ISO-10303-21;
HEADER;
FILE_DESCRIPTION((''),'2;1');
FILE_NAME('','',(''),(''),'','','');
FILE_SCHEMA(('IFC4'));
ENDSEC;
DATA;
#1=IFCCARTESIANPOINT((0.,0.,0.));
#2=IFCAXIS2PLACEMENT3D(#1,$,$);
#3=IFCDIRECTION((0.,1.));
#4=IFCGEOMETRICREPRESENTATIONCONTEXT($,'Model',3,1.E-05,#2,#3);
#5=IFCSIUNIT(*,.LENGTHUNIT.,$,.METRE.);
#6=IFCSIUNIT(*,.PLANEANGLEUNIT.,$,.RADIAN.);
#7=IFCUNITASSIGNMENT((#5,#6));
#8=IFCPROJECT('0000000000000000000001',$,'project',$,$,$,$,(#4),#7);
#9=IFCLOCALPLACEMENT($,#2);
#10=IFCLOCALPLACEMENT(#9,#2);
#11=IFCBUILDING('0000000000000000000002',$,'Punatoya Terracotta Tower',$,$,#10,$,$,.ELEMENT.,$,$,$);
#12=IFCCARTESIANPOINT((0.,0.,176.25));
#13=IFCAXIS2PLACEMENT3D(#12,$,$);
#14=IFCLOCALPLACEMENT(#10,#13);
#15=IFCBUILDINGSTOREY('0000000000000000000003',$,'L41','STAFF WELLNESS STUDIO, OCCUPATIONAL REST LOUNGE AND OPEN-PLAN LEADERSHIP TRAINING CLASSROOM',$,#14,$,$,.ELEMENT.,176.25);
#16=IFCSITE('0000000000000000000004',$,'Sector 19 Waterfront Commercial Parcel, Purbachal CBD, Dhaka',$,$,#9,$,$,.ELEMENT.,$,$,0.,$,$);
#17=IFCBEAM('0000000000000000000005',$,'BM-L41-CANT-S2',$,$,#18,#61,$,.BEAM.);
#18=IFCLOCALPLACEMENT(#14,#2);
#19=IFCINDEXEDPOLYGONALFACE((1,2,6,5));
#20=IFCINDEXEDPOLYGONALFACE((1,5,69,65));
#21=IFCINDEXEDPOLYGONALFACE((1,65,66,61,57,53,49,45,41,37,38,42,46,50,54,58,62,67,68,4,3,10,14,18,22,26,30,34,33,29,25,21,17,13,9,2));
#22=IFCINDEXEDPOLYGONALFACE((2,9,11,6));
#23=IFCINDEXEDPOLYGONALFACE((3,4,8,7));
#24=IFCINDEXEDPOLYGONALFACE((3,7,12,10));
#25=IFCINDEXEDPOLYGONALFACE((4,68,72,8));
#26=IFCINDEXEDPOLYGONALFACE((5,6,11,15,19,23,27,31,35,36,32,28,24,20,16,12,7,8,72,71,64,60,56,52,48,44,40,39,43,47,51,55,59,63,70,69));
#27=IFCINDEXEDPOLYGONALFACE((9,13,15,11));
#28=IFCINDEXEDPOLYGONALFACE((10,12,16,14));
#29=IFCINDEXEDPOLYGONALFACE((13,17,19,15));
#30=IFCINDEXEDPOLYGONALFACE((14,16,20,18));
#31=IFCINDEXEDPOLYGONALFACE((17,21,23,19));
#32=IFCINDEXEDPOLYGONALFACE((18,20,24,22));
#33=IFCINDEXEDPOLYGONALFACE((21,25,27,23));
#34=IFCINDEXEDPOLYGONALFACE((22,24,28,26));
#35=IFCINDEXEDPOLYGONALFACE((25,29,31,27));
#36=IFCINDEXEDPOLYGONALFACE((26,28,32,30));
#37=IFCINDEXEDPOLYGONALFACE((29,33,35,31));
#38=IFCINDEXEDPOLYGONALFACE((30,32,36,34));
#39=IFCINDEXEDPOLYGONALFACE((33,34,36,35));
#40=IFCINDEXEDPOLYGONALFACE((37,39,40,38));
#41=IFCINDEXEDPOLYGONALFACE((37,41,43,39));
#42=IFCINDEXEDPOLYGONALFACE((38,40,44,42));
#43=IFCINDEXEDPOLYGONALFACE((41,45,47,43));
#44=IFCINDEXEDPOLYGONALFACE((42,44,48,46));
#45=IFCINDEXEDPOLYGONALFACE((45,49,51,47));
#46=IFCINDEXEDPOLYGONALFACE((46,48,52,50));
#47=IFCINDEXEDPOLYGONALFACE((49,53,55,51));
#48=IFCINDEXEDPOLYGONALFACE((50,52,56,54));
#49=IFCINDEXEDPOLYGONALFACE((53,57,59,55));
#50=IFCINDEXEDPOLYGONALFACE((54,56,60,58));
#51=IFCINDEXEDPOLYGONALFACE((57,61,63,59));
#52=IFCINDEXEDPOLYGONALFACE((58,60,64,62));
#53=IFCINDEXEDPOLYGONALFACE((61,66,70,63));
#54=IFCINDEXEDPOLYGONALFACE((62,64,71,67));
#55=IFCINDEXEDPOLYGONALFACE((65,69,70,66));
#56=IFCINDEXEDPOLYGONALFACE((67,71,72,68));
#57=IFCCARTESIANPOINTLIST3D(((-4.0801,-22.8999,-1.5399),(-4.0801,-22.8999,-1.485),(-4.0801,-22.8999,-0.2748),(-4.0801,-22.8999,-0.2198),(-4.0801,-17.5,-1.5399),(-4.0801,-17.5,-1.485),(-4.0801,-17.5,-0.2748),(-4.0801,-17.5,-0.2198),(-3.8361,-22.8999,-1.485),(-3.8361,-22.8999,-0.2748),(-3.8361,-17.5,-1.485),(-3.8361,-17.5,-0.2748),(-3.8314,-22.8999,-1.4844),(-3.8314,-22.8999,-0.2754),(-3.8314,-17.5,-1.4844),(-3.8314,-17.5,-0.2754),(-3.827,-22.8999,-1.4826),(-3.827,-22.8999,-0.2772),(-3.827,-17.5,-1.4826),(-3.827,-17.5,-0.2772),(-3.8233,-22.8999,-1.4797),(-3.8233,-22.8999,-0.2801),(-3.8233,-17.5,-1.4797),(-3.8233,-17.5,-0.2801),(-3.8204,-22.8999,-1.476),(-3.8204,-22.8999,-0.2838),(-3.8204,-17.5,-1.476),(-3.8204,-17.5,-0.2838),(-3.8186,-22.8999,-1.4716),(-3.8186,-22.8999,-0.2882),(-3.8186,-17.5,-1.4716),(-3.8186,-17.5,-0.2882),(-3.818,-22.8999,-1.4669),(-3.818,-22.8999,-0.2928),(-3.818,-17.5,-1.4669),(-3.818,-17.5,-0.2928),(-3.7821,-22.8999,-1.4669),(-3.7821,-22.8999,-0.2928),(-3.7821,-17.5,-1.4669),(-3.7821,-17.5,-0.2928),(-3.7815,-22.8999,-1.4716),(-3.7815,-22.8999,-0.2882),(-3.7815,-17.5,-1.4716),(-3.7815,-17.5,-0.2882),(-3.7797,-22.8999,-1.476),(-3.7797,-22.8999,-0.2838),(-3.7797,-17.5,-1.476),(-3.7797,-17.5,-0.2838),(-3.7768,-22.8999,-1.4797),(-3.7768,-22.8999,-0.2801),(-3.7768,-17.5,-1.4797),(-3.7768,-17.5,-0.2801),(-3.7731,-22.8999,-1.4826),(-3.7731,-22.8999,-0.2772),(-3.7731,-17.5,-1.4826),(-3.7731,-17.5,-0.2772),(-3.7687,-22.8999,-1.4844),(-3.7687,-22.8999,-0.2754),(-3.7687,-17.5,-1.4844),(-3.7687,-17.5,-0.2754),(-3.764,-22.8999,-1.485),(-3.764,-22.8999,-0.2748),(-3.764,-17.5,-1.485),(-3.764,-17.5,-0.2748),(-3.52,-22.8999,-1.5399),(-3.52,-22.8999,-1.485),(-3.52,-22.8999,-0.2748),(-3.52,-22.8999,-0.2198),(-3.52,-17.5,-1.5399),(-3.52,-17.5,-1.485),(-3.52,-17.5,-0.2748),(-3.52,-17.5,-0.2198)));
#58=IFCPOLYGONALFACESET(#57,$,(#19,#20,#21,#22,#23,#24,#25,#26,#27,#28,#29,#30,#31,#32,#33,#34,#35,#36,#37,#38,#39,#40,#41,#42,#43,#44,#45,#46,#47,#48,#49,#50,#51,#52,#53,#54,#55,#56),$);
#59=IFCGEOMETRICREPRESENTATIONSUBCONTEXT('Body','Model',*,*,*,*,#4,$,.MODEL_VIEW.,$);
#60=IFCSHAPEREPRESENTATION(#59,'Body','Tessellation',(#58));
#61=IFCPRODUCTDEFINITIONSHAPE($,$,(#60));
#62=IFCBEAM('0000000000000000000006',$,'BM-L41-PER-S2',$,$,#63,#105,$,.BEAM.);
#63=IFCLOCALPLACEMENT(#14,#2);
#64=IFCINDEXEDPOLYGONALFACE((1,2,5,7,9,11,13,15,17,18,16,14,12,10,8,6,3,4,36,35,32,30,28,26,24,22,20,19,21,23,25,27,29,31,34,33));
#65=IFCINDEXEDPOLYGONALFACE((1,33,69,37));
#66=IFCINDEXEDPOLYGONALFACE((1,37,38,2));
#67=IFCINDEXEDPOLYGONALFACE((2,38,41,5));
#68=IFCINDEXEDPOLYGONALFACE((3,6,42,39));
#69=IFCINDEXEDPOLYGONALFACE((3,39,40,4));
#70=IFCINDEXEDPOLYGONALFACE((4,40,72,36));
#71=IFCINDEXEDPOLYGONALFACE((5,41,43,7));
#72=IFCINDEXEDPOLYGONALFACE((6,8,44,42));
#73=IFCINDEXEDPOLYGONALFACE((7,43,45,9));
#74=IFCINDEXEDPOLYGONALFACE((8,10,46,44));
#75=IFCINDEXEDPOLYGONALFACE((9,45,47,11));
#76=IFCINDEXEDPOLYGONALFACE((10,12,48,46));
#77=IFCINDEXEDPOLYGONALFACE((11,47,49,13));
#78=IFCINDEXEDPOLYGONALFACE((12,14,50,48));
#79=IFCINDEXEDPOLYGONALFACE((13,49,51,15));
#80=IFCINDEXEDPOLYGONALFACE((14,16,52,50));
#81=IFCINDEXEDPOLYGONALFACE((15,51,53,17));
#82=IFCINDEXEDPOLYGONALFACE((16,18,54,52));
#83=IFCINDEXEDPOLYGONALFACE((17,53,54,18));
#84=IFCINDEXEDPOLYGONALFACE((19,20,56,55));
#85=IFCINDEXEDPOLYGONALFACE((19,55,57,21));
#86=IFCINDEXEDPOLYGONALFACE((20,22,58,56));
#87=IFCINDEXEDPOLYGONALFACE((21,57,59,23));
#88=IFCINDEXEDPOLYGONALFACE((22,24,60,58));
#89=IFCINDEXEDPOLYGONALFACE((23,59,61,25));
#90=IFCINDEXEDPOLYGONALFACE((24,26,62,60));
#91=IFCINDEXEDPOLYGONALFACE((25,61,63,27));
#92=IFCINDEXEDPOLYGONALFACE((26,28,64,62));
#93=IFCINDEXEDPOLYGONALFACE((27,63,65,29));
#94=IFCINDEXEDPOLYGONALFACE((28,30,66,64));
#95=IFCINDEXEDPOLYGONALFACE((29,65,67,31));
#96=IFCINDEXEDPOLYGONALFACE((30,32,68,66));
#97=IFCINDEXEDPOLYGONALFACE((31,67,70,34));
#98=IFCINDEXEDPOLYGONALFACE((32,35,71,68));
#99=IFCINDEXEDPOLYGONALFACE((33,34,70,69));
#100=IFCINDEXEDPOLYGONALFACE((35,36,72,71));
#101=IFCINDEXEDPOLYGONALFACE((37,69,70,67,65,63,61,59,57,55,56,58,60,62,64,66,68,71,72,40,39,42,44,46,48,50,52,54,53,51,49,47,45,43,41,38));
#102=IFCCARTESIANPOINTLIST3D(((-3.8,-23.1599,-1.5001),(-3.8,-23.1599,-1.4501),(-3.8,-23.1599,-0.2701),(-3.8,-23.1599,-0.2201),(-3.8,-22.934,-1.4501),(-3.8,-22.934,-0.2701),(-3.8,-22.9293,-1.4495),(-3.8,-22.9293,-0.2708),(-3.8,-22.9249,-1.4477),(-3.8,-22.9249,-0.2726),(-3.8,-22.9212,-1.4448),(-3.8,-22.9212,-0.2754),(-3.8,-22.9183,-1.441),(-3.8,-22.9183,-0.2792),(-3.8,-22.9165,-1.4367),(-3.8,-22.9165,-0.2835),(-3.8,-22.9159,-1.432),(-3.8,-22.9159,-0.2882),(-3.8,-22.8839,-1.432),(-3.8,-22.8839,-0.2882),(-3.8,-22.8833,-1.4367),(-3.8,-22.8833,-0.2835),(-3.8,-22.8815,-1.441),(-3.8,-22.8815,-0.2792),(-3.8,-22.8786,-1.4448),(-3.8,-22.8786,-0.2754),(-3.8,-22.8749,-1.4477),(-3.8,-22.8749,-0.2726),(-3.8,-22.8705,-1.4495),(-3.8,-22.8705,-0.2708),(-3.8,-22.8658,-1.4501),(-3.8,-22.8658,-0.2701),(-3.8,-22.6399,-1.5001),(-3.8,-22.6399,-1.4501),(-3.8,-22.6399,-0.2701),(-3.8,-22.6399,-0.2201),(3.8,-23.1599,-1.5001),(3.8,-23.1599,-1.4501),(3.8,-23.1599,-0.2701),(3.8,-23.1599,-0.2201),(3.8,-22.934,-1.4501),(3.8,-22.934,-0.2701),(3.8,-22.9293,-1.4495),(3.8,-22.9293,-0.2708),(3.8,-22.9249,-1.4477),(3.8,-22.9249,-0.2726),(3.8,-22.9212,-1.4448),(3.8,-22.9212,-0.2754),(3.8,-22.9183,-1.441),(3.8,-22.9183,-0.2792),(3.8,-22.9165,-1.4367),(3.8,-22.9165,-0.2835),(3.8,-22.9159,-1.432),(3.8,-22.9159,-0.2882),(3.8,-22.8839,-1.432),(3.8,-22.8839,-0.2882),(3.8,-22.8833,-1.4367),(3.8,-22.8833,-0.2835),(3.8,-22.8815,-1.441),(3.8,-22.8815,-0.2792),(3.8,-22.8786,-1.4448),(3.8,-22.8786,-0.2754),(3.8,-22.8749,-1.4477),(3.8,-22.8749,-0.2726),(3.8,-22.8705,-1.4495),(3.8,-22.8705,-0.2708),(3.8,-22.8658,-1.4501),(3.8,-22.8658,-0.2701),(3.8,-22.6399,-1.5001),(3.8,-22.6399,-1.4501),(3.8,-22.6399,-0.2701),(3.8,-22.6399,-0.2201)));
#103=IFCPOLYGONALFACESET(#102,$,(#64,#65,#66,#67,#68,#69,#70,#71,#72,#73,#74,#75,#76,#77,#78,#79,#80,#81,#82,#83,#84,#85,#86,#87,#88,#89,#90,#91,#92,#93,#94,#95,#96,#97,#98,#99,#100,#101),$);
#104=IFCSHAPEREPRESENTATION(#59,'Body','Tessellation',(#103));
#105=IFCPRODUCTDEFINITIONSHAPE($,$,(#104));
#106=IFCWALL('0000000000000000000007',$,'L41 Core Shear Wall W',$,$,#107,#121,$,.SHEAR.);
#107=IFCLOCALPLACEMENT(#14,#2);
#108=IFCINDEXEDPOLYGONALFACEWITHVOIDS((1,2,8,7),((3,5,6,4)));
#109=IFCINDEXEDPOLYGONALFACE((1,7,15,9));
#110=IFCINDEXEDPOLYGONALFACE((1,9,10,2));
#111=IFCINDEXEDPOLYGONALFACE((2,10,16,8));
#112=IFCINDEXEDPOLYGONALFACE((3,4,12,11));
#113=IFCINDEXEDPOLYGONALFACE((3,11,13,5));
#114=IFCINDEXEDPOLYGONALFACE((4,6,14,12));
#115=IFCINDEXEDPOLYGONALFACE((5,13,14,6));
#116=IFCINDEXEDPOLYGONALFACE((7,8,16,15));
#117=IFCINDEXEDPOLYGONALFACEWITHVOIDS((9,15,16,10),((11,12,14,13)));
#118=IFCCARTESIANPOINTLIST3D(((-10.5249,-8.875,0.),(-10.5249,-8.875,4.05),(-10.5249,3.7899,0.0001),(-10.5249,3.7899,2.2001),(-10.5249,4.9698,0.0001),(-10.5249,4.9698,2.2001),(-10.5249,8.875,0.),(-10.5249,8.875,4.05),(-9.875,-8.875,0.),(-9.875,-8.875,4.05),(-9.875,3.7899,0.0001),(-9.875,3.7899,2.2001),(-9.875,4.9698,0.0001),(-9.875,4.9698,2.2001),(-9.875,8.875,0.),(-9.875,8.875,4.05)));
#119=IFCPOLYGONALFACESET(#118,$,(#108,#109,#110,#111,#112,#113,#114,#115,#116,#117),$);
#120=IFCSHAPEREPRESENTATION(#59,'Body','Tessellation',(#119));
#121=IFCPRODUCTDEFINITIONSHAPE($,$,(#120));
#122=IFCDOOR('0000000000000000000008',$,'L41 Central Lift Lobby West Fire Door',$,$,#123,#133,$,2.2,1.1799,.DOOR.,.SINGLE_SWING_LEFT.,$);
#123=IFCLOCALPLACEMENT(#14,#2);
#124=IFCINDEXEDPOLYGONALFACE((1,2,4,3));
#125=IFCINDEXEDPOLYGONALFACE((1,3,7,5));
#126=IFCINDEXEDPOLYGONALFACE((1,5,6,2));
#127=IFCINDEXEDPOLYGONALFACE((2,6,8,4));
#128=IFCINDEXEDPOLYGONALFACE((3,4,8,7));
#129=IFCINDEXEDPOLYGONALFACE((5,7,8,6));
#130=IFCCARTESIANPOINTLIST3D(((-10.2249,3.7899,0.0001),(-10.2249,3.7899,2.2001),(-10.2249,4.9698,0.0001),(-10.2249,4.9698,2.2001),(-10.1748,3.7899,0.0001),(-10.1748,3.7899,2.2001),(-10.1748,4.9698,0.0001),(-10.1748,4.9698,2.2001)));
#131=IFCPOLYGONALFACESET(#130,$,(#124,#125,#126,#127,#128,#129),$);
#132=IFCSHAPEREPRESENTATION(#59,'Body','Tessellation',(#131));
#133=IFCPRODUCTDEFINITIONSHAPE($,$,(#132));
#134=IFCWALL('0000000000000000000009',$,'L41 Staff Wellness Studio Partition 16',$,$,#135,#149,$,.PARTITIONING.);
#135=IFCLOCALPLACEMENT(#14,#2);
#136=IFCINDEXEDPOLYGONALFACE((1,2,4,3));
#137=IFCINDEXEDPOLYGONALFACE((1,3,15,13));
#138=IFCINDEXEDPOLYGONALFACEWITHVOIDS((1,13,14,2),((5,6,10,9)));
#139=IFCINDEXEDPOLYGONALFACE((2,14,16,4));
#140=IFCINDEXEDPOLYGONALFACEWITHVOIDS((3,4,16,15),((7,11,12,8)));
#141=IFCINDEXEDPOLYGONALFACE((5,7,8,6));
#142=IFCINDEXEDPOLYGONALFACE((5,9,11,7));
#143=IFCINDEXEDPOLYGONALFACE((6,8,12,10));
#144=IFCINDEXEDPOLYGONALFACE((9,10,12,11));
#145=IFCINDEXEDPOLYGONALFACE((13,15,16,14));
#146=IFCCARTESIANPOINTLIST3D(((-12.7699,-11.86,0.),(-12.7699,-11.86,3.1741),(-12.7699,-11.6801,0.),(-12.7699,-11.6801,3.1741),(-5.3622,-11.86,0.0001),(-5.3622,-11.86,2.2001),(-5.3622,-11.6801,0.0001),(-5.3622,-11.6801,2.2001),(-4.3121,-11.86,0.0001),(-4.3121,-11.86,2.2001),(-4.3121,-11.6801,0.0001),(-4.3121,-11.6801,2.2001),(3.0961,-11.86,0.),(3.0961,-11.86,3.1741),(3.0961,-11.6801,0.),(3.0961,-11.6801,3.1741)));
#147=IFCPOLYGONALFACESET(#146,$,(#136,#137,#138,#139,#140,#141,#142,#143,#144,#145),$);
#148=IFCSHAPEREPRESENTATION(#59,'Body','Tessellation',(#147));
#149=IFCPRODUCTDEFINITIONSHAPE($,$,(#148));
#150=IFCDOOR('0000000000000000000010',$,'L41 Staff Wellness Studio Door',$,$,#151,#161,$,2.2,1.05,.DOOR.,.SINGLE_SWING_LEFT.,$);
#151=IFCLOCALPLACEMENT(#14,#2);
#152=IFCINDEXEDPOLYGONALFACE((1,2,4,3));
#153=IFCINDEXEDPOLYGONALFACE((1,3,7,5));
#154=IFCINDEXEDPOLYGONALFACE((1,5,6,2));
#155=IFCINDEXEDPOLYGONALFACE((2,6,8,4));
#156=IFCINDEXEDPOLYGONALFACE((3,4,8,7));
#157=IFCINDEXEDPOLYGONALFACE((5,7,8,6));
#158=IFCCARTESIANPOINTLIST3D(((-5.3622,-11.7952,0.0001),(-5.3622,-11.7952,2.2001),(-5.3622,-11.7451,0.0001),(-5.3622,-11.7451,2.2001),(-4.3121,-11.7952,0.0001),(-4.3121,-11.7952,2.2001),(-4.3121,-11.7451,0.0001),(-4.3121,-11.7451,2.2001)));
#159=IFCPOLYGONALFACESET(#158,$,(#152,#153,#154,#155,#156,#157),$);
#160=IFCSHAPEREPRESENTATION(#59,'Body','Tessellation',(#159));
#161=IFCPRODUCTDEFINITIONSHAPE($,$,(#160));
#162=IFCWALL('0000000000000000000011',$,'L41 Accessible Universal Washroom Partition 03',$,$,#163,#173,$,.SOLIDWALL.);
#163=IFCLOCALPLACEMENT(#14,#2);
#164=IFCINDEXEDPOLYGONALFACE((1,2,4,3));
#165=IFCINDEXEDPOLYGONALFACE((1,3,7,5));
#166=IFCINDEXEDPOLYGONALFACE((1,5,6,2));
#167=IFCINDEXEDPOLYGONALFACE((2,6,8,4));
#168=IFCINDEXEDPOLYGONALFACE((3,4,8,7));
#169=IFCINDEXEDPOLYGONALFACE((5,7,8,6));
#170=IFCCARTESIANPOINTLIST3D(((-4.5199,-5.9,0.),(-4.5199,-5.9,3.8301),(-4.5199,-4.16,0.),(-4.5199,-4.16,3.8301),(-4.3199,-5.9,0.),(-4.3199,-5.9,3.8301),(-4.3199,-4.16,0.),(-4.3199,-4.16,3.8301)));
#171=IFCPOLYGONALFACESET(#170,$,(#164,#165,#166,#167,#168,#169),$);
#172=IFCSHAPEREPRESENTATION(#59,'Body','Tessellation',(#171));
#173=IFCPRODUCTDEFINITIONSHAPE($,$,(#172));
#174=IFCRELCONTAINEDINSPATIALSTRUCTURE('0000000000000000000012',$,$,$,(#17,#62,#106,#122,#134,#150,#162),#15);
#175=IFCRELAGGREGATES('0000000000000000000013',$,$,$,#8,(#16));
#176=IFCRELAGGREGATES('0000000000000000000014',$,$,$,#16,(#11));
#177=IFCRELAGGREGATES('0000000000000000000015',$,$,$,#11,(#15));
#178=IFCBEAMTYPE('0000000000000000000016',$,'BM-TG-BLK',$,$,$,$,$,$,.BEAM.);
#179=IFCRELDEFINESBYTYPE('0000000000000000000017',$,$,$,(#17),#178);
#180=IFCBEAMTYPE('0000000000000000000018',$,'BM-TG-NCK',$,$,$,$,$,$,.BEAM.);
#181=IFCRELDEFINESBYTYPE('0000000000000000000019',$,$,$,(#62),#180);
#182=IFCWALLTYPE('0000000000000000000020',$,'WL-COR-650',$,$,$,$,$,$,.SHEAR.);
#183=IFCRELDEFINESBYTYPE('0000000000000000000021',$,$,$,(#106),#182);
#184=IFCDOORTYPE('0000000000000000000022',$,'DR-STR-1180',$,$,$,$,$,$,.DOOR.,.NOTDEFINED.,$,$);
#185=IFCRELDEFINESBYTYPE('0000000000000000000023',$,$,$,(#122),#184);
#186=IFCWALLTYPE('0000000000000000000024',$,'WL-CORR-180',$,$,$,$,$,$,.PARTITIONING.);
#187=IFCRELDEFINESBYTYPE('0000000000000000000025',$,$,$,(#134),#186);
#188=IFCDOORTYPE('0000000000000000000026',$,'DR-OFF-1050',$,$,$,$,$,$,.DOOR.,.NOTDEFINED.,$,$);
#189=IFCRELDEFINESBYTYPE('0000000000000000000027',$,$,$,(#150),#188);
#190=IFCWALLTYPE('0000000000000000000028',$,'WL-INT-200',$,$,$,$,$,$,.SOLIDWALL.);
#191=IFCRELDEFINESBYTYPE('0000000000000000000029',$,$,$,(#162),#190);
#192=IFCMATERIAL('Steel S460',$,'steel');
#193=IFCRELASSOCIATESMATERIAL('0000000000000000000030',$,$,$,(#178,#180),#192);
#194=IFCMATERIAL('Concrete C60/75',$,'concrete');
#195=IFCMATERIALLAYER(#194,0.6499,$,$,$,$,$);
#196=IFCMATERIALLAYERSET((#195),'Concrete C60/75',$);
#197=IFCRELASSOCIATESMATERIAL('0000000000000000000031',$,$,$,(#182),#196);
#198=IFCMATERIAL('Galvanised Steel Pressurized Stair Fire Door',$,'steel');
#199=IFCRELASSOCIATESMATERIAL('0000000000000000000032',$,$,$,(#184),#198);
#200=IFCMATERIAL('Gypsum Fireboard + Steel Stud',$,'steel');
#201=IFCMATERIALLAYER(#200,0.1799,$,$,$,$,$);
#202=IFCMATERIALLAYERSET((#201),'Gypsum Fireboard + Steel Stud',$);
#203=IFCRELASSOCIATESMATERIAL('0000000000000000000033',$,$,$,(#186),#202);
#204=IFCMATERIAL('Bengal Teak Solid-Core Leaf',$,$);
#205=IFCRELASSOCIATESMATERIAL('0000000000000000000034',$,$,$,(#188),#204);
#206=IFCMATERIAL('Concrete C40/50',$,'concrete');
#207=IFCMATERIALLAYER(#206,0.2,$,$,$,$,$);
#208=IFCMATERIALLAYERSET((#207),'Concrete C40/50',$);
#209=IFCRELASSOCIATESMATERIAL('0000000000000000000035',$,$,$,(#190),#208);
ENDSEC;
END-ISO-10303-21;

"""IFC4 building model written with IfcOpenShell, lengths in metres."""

from ifc_helpers import new_model, si_unit, direction, frame, frame_2d, origin, origin_2d, place, context, subcontext, project, spatial, rectangle, i_section, extrude, material, layer, layer_set, material_profile, profile_set, type_object, element, fill, save


model = new_model("IFC4")

# Units and contexts
model_context = context("Model", 3, precision=1e-05, world=origin(), true_north=direction((0.0, 1.0)))
body_context = subcontext(model_context, "Body", "Model", "MODEL_VIEW")
ifc_project = project(units=[si_unit("LENGTHUNIT", "METRE"), si_unit("PLANEANGLEUNIT", "RADIAN")], contexts=[model_context])

# Site, building, storey
site_placement = place(None, origin())
site = spatial("IfcSite", under=ifc_project, at=site_placement, Name="Sector 19 Waterfront Commercial Parcel, Purbachal CBD, Dhaka", CompositionType="ELEMENT", RefElevation=0.0)
building_placement = place(site_placement, origin())
building = spatial("IfcBuilding", under=site, at=building_placement, Name="Punatoya Terracotta Tower", CompositionType="ELEMENT")
storey_placement = place(building_placement, frame((0.0, 0.0, 176.25)))
storey = spatial("IfcBuildingStorey", under=building, at=storey_placement, Name="L41", Description="STAFF WELLNESS STUDIO, OCCUPATIONAL REST LOUNGE AND OPEN-PLAN LEADERSHIP TRAINING CLASSROOM", CompositionType="ELEMENT", Elevation=176.25)

# Shared definitions
ifc_material_1 = material(Name="Steel S460", Category="steel")

# Beams
ifc_material_2 = material(Name="Concrete C60/75", Category="concrete")
ifc_material_profile_1 = material_profile(ifc_material_1, i_section(OverallWidth=0.5601, OverallDepth=1.3201, WebThickness=0.0359, FlangeThickness=0.0549, FilletRadius=0.0181, at=origin_2d()))
ifc_profile_set_1 = profile_set([ifc_material_profile_1], Name="Steel S460")
beam_type_1 = type_object("IfcBeamType", Name="BM-TG-BLK", PredefinedType="BEAM", material=ifc_profile_set_1)
beam_1_placement = place(storey_placement, frame((-3.8, -22.8999, -0.8799), z_axis=(0.0, 1.0, 0.0), x_axis=(-1.0, 0.0, 0.0)))
element("IfcBeam", 1, at=beam_1_placement, inside=storey, type_object=beam_type_1, Name="BM-L41-CANT-S2", PredefinedType="BEAM", context=body_context, shape_type="SweptSolid", body=[
    extrude(i_section(OverallWidth=0.5601, OverallDepth=1.3201, WebThickness=0.0359, FlangeThickness=0.0549, FilletRadius=0.0181, at=origin_2d()), origin(), (0.0, 0.0, 1.0), 5.3999),
])
ifc_material_profile_2 = material_profile(ifc_material_1, i_section(OverallWidth=0.52, OverallDepth=1.28, WebThickness=0.032, FlangeThickness=0.05, FilletRadius=0.0181, at=origin_2d()))
ifc_profile_set_2 = profile_set([ifc_material_profile_2], Name="Steel S460")
beam_type_2 = type_object("IfcBeamType", Name="BM-TG-NCK", PredefinedType="BEAM", material=ifc_profile_set_2)
beam_2_placement = place(storey_placement, frame((-3.8, -22.8999, -0.8601), z_axis=(1.0, 0.0, 0.0), x_axis=(0.0, 1.0, 0.0)))
element("IfcBeam", 2, at=beam_2_placement, inside=storey, type_object=beam_type_2, Name="BM-L41-PER-S2", PredefinedType="BEAM", context=body_context, shape_type="SweptSolid", body=[
    extrude(i_section(OverallWidth=0.52, OverallDepth=1.28, WebThickness=0.032, FlangeThickness=0.05, FilletRadius=0.0181, at=origin_2d()), origin(), (0.0, 0.0, 1.0), 7.6001),
])

# Walls, openings, doors
ifc_layer_1 = layer(ifc_material_2, 0.6499)
ifc_layer_set_1 = layer_set([ifc_layer_1], Name="Concrete C60/75")
wall_type_1 = type_object("IfcWallType", Name="WL-COR-650", PredefinedType="SHEAR", material=ifc_layer_set_1)
wall_1_placement = place(storey_placement, frame((-10.2, -8.875, 0.0), z_axis=(0.0, 0.0, 1.0), x_axis=(0.0, 1.0, 0.0)))
wall_1 = element("IfcWall", 3, at=wall_1_placement, inside=storey, type_object=wall_type_1, Name="L41 Core Shear Wall W", PredefinedType="SHEAR", context=body_context, shape_type="SweptSolid", body=[
    extrude(rectangle(XDim=17.75, YDim=0.6499, at=frame_2d((8.875, 0.0))), origin(), (0.0, 0.0, 1.0), 4.05),
])
opening_1_placement = place(wall_1_placement, frame((12.665, 0.0, 0.0)))
opening_1 = element("IfcOpeningElement", 4, at=opening_1_placement, cuts=wall_1, PredefinedType="OPENING", context=body_context, shape_type="SweptSolid", body=[
    extrude(rectangle(XDim=1.1799, YDim=2.2, at=frame_2d((0.5898, 1.1001))), frame((0.0, 0.335, 0.0), z_axis=(0.0, -1.0, 0.0), x_axis=(1.0, 0.0, 0.0)), (0.0, 0.0, 1.0), 0.6699),
])
ifc_material_3 = material(Name="Galvanised Steel Pressurized Stair Fire Door", Category="steel")
door_type_1 = type_object("IfcDoorType", Name="DR-STR-1180", OperationType="NOTDEFINED", PredefinedType="DOOR", material=ifc_material_3)
door_1_placement = place(opening_1_placement, origin())
door_1 = element("IfcDoor", 5, at=door_1_placement, inside=storey, type_object=door_type_1, Name="L41 Central Lift Lobby West Fire Door", OperationType="SINGLE_SWING_LEFT", OverallHeight=2.2, OverallWidth=1.1799, PredefinedType="DOOR", context=body_context, shape_type="SweptSolid", body=[
    extrude(rectangle(XDim=1.1799, YDim=2.2, at=frame_2d((0.5898, 1.1001))), frame((0.0, 0.0249, 0.0), z_axis=(0.0, -1.0, 0.0), x_axis=(1.0, 0.0, 0.0)), (0.0, 0.0, 1.0), 0.05),
])
fill(opening_1, door_1)
ifc_material_4 = material(Name="Gypsum Fireboard + Steel Stud", Category="steel")
ifc_layer_2 = layer(ifc_material_4, 0.1799)
ifc_layer_set_2 = layer_set([ifc_layer_2], Name="Gypsum Fireboard + Steel Stud")
wall_type_2 = type_object("IfcWallType", Name="WL-CORR-180", PredefinedType="PARTITIONING", material=ifc_layer_set_2)
wall_2_placement = place(storey_placement, frame((-12.77, -11.77, 0.0), z_axis=(0.0, 0.0, 1.0), x_axis=(1.0, 0.0, 0.0)))
wall_2 = element("IfcWall", 6, at=wall_2_placement, inside=storey, type_object=wall_type_2, Name="L41 Staff Wellness Studio Partition 16", PredefinedType="PARTITIONING", context=body_context, shape_type="SweptSolid", body=[
    extrude(rectangle(XDim=15.866, YDim=0.1799, at=frame_2d((7.9331, 0.0))), origin(), (0.0, 0.0, 1.0), 3.1741),
])
opening_2_placement = place(wall_2_placement, frame((7.408, 0.0, 0.0)))
opening_2 = element("IfcOpeningElement", 7, at=opening_2_placement, cuts=wall_2, PredefinedType="OPENING", context=body_context, shape_type="SweptSolid", body=[
    extrude(rectangle(XDim=1.05, YDim=2.2, at=frame_2d((0.5249, 1.1001))), frame((0.0, 0.0999, 0.0), z_axis=(0.0, -1.0, 0.0), x_axis=(1.0, 0.0, 0.0)), (0.0, 0.0, 1.0), 0.2),
])
ifc_material_5 = material(Name="Bengal Teak Solid-Core Leaf")
door_type_2 = type_object("IfcDoorType", Name="DR-OFF-1050", OperationType="NOTDEFINED", PredefinedType="DOOR", material=ifc_material_5)
door_2_placement = place(opening_2_placement, origin())
door_2 = element("IfcDoor", 8, at=door_2_placement, inside=storey, type_object=door_type_2, Name="L41 Staff Wellness Studio Door", OperationType="SINGLE_SWING_LEFT", OverallHeight=2.2, OverallWidth=1.05, PredefinedType="DOOR", context=body_context, shape_type="SweptSolid", body=[
    extrude(rectangle(XDim=1.05, YDim=2.2, at=frame_2d((0.5249, 1.1001))), frame((0.0, 0.0249, 0.0), z_axis=(0.0, -1.0, 0.0), x_axis=(1.0, 0.0, 0.0)), (0.0, 0.0, 1.0), 0.05),
])
fill(opening_2, door_2)

# Wall
ifc_material_6 = material(Name="Concrete C40/50", Category="concrete")
ifc_layer_3 = layer(ifc_material_6, 0.2)
ifc_layer_set_3 = layer_set([ifc_layer_3], Name="Concrete C40/50")
wall_type_3 = type_object("IfcWallType", Name="WL-INT-200", PredefinedType="SOLIDWALL", material=ifc_layer_set_3)
wall_3_placement = place(storey_placement, frame((-4.4199, -4.1599, 0.0), z_axis=(0.0, 0.0, 1.0), x_axis=(0.0, -1.0, 0.0)))
element("IfcWall", 9, at=wall_3_placement, inside=storey, type_object=wall_type_3, Name="L41 Accessible Universal Washroom Partition 03", PredefinedType="SOLIDWALL", context=body_context, shape_type="SweptSolid", body=[
    extrude(rectangle(XDim=1.74, YDim=0.2, at=frame_2d((0.8701, 0.0))), origin(), (0.0, 0.0, 1.0), 3.8301),
])

save(model, "model.ifc")
